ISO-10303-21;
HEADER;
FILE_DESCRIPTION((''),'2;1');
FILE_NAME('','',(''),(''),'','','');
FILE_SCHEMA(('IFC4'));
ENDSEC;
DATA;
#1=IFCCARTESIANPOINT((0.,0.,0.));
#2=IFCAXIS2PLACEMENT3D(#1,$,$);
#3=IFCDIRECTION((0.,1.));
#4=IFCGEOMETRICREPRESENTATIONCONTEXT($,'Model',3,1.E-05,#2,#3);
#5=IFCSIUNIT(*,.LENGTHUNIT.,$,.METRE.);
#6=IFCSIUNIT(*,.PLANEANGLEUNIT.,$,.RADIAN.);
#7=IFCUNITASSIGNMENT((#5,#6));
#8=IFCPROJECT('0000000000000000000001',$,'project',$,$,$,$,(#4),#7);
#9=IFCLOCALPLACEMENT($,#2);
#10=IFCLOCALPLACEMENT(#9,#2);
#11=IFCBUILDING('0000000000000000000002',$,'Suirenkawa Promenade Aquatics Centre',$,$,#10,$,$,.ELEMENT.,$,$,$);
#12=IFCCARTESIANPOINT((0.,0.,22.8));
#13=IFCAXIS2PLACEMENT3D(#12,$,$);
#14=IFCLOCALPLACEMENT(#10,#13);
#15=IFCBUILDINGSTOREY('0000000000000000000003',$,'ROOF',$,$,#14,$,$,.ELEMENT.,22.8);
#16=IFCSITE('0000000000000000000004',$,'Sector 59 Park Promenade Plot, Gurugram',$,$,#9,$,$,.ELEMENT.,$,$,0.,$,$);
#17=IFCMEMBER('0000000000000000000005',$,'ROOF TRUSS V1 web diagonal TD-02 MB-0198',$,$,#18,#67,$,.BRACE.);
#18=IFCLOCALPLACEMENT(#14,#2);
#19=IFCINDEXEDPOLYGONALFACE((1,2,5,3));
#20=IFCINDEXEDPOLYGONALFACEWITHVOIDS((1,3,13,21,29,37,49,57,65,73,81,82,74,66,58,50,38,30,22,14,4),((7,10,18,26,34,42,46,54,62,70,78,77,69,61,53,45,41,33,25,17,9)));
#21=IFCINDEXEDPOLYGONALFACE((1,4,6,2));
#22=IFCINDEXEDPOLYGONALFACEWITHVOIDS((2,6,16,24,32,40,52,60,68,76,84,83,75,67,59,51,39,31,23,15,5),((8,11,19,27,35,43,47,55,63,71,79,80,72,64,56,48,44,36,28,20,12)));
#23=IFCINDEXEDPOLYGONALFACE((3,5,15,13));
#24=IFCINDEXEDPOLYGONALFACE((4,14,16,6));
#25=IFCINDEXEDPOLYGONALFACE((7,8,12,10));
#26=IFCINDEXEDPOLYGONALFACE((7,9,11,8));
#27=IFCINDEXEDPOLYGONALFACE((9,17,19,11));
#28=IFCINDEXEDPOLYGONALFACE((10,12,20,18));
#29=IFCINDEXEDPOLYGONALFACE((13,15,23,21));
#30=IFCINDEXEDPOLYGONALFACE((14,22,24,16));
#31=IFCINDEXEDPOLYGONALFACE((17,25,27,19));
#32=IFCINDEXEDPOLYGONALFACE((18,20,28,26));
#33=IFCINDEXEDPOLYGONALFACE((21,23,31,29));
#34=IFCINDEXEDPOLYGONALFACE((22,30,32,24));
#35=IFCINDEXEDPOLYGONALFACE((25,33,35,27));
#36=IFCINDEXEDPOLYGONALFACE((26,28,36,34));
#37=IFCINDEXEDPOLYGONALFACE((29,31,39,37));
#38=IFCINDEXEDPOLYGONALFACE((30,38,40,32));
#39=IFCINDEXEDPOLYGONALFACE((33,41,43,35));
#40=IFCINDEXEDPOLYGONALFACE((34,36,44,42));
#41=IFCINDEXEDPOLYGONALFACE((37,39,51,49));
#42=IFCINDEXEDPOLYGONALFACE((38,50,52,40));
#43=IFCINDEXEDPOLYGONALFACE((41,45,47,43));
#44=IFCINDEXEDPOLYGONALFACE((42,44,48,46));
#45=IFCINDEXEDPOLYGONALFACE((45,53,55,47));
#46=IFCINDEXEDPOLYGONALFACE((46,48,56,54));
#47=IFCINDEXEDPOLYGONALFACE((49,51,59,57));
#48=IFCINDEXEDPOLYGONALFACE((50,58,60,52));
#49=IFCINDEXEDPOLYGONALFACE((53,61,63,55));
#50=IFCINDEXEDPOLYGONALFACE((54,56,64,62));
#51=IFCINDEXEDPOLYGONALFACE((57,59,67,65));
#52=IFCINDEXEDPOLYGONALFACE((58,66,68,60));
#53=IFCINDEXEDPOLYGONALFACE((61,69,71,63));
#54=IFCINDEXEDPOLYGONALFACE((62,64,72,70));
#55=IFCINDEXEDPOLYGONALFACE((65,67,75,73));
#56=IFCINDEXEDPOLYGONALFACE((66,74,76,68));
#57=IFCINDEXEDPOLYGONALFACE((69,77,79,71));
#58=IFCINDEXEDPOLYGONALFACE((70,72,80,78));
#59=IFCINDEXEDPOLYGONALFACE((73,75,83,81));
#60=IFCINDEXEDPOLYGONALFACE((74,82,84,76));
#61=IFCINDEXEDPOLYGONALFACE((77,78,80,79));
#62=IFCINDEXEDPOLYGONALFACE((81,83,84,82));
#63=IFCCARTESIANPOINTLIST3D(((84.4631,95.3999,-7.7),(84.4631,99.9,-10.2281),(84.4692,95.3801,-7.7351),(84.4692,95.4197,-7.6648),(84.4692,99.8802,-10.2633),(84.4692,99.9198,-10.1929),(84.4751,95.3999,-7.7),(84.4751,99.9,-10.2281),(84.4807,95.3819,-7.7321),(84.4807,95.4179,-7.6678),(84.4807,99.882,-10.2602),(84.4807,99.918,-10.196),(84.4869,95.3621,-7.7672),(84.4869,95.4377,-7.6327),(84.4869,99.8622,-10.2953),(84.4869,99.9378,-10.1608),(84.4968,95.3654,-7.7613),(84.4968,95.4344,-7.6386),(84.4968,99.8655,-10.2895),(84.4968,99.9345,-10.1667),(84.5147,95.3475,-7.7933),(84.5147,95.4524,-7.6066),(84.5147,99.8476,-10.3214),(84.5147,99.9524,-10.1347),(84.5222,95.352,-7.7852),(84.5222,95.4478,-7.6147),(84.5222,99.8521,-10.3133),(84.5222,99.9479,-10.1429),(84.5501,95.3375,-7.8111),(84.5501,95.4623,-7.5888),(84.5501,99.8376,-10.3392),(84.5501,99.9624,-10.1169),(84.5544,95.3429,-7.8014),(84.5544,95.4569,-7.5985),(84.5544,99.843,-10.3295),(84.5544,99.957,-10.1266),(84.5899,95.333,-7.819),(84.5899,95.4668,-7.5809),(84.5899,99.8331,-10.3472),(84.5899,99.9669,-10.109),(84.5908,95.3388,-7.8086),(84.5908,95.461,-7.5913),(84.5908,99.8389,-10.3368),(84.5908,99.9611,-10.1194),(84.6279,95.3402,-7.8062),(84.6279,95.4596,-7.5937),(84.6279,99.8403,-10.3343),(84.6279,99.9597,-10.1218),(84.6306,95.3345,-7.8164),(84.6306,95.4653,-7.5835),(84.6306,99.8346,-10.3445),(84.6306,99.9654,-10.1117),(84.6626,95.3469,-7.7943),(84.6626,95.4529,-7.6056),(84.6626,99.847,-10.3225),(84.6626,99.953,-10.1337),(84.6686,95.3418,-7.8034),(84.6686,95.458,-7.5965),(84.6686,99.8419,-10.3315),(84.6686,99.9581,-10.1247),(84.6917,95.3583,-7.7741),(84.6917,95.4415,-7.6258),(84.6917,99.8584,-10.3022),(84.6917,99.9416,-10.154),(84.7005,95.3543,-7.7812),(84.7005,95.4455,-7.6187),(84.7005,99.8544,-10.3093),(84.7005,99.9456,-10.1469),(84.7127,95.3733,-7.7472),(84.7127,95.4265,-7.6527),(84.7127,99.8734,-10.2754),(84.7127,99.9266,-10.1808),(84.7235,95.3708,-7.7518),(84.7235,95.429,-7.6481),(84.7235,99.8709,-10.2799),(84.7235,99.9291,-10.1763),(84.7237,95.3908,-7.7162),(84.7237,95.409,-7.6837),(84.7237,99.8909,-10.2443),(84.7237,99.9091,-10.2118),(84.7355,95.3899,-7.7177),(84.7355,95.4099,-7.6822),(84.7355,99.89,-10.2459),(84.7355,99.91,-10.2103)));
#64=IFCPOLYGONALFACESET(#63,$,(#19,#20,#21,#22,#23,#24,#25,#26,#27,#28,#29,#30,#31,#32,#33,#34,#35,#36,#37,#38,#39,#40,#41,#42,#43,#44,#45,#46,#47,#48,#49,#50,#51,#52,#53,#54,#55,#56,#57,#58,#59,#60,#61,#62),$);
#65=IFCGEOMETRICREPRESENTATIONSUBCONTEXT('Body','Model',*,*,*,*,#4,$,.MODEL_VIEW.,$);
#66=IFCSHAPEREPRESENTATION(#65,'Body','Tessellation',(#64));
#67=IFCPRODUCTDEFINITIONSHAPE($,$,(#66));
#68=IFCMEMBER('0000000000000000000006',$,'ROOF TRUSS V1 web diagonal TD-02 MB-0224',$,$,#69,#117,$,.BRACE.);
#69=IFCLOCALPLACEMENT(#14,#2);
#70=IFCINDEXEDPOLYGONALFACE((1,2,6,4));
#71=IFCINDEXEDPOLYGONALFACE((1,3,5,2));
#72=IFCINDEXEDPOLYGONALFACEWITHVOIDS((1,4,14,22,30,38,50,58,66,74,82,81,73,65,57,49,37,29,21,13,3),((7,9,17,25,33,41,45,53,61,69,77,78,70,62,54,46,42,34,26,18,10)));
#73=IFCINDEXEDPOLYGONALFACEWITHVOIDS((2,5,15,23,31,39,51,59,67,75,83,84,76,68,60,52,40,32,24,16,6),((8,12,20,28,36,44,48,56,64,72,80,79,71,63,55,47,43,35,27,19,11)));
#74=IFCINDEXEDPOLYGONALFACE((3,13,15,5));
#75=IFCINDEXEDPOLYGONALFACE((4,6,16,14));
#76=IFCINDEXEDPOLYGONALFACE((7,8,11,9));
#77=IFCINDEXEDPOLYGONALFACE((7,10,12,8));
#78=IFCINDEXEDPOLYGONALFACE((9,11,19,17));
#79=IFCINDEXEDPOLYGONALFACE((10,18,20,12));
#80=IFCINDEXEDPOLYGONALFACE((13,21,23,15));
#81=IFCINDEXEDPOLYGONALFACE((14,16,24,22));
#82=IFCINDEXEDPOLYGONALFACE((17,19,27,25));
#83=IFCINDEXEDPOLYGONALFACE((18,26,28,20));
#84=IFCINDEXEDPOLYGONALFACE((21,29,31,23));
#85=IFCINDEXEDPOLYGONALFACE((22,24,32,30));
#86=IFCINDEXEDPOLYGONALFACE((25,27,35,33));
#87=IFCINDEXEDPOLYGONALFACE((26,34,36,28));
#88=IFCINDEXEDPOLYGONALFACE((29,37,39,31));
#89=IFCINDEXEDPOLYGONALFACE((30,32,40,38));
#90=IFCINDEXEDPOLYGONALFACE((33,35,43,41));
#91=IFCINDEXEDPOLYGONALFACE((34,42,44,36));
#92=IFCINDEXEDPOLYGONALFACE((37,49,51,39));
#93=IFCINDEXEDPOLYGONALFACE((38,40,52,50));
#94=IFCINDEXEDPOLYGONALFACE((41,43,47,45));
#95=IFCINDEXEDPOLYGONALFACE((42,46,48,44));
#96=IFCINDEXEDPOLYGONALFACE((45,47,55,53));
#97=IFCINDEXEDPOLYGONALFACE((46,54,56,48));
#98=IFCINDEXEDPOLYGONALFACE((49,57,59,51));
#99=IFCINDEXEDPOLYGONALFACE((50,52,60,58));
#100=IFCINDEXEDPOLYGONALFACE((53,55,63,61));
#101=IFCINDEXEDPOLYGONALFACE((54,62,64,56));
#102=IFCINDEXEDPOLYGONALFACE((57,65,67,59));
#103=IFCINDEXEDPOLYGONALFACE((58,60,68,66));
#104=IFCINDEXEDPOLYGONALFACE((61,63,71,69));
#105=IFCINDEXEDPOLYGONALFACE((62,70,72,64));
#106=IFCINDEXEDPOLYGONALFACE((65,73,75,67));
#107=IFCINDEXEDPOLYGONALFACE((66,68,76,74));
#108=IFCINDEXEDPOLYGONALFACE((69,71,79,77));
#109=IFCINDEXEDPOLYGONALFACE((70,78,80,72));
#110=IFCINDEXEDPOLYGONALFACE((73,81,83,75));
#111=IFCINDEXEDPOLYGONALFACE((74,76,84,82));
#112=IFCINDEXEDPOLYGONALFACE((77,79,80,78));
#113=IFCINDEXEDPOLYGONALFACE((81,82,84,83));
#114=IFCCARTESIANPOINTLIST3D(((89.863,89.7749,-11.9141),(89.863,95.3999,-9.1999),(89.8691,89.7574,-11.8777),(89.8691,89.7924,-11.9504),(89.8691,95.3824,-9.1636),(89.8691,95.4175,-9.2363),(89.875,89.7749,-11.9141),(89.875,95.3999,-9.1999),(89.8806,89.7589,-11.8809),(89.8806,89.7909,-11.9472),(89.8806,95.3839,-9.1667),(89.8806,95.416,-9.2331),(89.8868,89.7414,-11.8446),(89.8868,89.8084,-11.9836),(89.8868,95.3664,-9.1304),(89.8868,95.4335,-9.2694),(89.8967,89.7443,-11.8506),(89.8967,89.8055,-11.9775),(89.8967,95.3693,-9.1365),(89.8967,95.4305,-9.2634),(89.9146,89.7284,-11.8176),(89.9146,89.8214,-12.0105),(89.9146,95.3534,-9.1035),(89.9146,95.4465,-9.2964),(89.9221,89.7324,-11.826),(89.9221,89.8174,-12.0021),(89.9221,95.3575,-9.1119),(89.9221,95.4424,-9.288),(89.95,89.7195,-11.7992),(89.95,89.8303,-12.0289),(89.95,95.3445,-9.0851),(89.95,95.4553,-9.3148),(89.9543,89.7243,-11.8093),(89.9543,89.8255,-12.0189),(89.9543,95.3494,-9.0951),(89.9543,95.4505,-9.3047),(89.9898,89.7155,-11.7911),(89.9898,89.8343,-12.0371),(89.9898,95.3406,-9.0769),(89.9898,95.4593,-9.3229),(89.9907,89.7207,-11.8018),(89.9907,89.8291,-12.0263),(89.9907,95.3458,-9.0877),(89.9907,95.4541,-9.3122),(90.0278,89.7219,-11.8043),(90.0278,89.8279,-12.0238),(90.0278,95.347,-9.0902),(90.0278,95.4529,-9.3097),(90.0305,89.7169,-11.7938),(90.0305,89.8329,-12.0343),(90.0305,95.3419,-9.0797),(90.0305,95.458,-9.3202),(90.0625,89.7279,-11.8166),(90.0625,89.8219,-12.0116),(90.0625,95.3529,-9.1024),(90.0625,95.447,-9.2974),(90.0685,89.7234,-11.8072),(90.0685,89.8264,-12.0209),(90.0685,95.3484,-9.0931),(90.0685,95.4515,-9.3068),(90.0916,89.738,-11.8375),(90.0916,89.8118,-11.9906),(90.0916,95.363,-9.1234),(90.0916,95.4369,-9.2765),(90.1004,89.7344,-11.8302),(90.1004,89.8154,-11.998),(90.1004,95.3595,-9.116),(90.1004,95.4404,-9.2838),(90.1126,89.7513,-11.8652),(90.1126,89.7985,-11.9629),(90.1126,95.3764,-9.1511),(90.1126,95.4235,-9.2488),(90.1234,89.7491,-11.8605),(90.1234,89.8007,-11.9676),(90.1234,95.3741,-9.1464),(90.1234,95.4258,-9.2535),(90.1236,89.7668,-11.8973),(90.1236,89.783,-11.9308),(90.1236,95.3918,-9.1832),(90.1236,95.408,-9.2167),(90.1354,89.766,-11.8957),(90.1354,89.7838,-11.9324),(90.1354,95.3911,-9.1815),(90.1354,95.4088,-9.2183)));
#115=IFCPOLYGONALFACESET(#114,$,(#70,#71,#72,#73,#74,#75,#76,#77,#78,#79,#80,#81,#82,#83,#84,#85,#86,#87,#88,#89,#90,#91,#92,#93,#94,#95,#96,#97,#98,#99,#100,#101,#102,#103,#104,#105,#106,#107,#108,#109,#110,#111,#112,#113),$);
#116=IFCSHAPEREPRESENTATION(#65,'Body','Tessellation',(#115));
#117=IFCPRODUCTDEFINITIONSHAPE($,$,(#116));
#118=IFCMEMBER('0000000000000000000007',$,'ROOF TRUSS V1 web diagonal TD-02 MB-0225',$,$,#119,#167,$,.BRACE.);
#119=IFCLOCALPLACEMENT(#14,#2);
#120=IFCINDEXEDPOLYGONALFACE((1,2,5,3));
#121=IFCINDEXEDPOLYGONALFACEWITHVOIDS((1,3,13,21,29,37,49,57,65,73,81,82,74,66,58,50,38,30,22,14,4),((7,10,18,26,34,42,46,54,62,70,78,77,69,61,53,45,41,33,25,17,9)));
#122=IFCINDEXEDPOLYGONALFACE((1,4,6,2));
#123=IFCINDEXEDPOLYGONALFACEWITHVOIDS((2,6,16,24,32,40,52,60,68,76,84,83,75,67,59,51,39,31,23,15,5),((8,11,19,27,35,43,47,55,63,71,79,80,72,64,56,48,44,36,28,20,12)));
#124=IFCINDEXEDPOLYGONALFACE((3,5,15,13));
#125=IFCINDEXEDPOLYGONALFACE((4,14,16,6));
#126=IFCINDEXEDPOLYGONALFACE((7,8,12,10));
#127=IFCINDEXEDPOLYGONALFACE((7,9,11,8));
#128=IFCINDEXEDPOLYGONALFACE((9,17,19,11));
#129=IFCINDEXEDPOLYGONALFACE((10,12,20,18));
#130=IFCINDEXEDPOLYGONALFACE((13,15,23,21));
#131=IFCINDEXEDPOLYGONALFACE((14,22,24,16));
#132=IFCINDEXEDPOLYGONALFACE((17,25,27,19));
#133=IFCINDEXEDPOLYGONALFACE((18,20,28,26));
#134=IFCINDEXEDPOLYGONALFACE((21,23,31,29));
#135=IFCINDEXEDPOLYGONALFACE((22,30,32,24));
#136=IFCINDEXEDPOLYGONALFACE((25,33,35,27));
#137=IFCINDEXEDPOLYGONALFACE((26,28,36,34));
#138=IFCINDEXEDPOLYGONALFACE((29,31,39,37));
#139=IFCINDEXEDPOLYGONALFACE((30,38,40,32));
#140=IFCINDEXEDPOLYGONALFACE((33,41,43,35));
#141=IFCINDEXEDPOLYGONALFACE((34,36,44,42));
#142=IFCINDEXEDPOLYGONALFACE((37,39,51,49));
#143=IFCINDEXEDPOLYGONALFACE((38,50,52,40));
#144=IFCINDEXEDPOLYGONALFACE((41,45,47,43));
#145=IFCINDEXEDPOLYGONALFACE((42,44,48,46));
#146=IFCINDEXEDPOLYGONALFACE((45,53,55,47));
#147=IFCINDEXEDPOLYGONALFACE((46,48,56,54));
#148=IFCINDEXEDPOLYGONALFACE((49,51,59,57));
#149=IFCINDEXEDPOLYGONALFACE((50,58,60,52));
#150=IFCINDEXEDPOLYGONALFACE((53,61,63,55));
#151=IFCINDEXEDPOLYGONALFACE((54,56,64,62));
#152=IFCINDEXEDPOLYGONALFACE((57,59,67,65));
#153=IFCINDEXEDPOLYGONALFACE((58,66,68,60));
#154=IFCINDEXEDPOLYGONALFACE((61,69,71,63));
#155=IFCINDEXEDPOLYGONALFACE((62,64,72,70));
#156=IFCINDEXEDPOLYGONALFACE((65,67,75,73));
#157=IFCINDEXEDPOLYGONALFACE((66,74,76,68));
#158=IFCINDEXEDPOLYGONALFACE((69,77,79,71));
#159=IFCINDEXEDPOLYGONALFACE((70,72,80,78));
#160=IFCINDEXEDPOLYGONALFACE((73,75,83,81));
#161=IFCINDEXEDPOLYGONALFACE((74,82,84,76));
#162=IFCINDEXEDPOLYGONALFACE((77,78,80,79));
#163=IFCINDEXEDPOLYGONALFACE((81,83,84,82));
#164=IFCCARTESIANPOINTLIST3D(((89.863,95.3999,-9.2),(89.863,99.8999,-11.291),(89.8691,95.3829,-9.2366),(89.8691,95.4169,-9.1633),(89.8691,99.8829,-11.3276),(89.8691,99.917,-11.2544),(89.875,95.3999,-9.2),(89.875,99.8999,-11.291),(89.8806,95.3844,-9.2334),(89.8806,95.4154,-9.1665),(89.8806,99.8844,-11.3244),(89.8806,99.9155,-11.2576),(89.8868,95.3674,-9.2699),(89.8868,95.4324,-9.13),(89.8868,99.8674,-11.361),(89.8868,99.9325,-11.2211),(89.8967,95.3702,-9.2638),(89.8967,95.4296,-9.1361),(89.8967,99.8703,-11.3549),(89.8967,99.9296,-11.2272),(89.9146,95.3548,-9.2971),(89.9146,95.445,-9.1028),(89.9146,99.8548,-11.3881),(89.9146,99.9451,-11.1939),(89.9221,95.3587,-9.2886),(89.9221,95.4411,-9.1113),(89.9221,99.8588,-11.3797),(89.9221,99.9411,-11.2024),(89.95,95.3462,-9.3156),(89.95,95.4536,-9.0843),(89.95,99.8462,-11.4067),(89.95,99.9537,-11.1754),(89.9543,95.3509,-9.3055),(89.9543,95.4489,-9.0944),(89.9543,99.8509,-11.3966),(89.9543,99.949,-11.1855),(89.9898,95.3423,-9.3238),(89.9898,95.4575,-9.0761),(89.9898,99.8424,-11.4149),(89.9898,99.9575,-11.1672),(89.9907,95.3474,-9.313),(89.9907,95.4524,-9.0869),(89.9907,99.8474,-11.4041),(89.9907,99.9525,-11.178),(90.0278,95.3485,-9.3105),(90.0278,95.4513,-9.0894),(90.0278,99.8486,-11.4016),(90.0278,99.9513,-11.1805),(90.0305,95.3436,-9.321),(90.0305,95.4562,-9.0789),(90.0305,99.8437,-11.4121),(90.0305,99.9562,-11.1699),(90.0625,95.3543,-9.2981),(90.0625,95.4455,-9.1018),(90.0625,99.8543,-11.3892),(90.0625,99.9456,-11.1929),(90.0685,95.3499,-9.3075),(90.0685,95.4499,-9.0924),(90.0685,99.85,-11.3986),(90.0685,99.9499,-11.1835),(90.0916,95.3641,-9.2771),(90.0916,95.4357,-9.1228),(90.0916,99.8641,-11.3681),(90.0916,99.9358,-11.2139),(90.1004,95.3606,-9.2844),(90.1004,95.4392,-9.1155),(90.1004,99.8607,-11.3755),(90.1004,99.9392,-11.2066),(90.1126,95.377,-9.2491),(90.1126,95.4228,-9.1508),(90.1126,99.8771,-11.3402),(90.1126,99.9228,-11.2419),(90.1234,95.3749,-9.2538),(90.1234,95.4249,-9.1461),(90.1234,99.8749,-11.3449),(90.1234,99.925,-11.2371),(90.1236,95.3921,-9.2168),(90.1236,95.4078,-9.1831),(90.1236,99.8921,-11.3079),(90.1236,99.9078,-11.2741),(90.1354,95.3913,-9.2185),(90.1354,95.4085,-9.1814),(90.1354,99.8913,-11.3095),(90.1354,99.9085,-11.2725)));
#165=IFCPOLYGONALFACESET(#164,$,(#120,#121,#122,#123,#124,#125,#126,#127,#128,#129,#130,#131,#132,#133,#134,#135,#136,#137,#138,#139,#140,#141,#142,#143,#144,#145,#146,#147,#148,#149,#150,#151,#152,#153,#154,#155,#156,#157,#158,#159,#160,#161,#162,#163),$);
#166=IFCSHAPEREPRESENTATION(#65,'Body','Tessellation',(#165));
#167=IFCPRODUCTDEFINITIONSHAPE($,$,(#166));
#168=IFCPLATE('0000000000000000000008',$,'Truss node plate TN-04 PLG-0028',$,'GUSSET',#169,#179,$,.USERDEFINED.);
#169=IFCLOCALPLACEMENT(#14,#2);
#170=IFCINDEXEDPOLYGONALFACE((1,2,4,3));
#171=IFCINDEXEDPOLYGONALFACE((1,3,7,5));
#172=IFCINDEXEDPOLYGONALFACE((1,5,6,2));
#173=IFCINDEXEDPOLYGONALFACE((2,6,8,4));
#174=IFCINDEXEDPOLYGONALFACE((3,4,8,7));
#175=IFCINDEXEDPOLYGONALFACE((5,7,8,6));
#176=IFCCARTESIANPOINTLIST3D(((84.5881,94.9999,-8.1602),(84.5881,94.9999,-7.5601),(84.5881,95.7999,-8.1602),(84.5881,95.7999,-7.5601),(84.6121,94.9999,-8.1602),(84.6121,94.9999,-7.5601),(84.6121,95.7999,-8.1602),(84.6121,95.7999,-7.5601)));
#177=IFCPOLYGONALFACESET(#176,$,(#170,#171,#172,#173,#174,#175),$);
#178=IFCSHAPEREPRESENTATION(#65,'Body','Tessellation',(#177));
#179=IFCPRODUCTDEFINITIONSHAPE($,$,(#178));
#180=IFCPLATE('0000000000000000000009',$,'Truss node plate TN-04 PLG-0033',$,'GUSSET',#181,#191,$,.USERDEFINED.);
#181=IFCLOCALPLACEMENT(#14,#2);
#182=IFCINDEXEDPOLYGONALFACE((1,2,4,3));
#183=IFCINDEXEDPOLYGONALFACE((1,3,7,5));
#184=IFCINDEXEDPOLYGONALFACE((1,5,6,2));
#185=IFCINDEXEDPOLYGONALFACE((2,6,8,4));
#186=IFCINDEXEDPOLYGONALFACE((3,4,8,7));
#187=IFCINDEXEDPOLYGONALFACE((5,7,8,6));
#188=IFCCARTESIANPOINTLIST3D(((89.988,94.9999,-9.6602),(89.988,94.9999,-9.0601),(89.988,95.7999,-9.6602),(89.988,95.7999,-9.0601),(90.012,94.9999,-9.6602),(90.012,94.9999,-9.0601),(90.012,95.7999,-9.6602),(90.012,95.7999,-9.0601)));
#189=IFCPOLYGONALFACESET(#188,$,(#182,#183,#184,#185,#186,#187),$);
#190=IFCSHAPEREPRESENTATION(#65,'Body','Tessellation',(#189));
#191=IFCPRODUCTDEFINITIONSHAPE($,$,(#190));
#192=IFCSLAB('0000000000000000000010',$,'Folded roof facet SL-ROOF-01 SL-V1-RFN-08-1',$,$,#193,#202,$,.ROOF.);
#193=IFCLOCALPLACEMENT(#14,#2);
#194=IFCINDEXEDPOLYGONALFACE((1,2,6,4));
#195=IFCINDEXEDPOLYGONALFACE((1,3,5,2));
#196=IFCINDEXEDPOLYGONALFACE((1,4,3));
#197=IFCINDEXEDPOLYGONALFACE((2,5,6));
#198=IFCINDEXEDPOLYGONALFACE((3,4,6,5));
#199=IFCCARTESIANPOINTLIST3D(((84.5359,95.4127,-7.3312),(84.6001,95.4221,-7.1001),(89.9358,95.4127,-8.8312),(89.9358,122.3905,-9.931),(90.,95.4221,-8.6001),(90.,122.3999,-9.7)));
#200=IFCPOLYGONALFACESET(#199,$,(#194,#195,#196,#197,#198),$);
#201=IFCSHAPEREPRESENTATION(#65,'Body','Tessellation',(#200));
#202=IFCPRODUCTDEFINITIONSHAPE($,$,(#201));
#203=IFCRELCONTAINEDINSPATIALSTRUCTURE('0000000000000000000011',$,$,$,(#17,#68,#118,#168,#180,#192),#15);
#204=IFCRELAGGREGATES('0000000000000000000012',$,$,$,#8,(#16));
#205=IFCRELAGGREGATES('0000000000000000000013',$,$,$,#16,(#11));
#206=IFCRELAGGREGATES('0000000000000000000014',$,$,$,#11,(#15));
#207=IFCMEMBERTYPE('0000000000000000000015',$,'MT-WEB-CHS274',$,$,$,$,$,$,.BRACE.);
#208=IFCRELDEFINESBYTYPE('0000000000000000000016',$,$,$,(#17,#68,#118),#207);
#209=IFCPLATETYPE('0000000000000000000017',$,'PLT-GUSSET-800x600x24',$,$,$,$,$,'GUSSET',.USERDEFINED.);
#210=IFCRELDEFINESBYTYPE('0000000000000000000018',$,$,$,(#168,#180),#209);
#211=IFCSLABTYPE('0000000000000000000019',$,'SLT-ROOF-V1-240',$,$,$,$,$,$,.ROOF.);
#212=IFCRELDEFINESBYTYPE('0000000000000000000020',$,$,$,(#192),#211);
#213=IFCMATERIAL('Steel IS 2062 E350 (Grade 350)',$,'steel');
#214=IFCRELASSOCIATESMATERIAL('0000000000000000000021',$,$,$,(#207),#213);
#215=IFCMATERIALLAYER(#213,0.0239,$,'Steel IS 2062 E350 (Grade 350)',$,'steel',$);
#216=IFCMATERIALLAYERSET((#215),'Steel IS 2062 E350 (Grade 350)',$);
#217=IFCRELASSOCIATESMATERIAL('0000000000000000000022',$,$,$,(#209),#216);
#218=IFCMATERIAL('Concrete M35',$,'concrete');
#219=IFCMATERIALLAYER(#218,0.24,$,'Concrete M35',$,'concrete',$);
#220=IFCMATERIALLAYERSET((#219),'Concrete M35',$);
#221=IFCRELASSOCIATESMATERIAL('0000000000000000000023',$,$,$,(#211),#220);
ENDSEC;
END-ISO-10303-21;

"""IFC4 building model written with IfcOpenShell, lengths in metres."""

from ifc_helpers import new_model, si_unit, direction, frame, origin, origin_2d, place, context, subcontext, project, spatial, polyline, rectangle, hollow_circle, outline, extrude, material, layer, layer_set, material_profile, profile_set, type_object, element, save


model = new_model("IFC4")

# Units and contexts
model_context = context("Model", 3, precision=1e-05, world=origin(), true_north=direction((0.0, 1.0)))
body_context = subcontext(model_context, "Body", "Model", "MODEL_VIEW")
ifc_project = project(units=[si_unit("LENGTHUNIT", "METRE"), si_unit("PLANEANGLEUNIT", "RADIAN")], contexts=[model_context])

# Site, building, storey
site_placement = place(None, origin())
site = spatial("IfcSite", under=ifc_project, at=site_placement, Name="Sector 59 Park Promenade Plot, Gurugram", CompositionType="ELEMENT", RefElevation=0.0)
building_placement = place(site_placement, origin())
building = spatial("IfcBuilding", under=site, at=building_placement, Name="Suirenkawa Promenade Aquatics Centre", CompositionType="ELEMENT")
storey_placement = place(building_placement, frame((0.0, 0.0, 22.8)))
storey = spatial("IfcBuildingStorey", under=building, at=storey_placement, Name="ROOF", CompositionType="ELEMENT", Elevation=22.8)

# Shared definitions
ifc_material_1 = material(Name="Steel IS 2062 E350 (Grade 350)", Category="steel")

# Members
ifc_material_profile_1 = material_profile(ifc_material_1, hollow_circle(Radius=0.137, WallThickness=0.012, at=origin_2d()), Name="CHS 274x12", Category="steel")
ifc_profile_set_1 = profile_set([ifc_material_profile_1], Name="Steel IS 2062 E350 (Grade 350)")
member_type_1 = type_object("IfcMemberType", Name="MT-WEB-CHS274", PredefinedType="BRACE", material=ifc_profile_set_1)
member_1_placement = place(storey_placement, frame((84.6001, 95.3999, -7.7), z_axis=(0.0, 0.871838, -0.489794), x_axis=(-1.0, 0.0, 0.0)))
element("IfcMember", 1, at=member_1_placement, inside=storey, type_object=member_type_1, Name="ROOF TRUSS V1 web diagonal TD-02 MB-0198", PredefinedType="BRACE", context=body_context, shape_type="SweptSolid", body=[
    extrude(hollow_circle(Radius=0.137, WallThickness=0.012, at=origin_2d()), origin(), (0.0, 0.0, 1.0), 5.1616),
])
member_2_placement = place(storey_placement, frame((90.0, 89.7749, -11.9141), z_axis=(0.0, 0.90064, 0.434566), x_axis=(-1.0, 0.0, 0.0)))
element("IfcMember", 2, at=member_2_placement, inside=storey, type_object=member_type_1, Name="ROOF TRUSS V1 web diagonal TD-02 MB-0224", PredefinedType="BRACE", context=body_context, shape_type="SweptSolid", body=[
    extrude(hollow_circle(Radius=0.137, WallThickness=0.012, at=origin_2d()), origin(), (0.0, 0.0, 1.0), 6.2456),
])
member_3_placement = place(storey_placement, frame((90.0, 95.3999, -9.2), z_axis=(0.0, 0.906872, -0.421406), x_axis=(-1.0, 0.0, 0.0)))
element("IfcMember", 3, at=member_3_placement, inside=storey, type_object=member_type_1, Name="ROOF TRUSS V1 web diagonal TD-02 MB-0225", PredefinedType="BRACE", context=body_context, shape_type="SweptSolid", body=[
    extrude(hollow_circle(Radius=0.137, WallThickness=0.012, at=origin_2d()), origin(), (0.0, 0.0, 1.0), 4.9622),
])

# Plates
ifc_layer_1 = layer(ifc_material_1, 0.0239, Name="Steel IS 2062 E350 (Grade 350)", Category="steel")
ifc_layer_set_1 = layer_set([ifc_layer_1], Name="Steel IS 2062 E350 (Grade 350)")
plate_type = type_object("IfcPlateType", Name="PLT-GUSSET-800x600x24", ElementType="GUSSET", PredefinedType="USERDEFINED", material=ifc_layer_set_1)
for number, where, z_axis, x_axis, name in (
    (4, (84.6001, 95.3999, -8.1602), (0.0, 0.0, 1.0), (0.0, 1.0, 0.0), "Truss node plate TN-04 PLG-0028"),
    (5, (90.0, 95.3999, -9.6602), (0.0, 0.0, 1.0), (0.0, 1.0, 0.0), "Truss node plate TN-04 PLG-0033"),
):
    element("IfcPlate", number, at=place(storey_placement, frame(where, z_axis=z_axis, x_axis=x_axis)), inside=storey, type_object=plate_type, Name=name, ObjectType="GUSSET", PredefinedType="USERDEFINED", context=body_context, shape_type="SweptSolid", body=[
        extrude(rectangle(XDim=0.8, YDim=0.0239, at=origin_2d()), origin(), (0.0, 0.0, 1.0), 0.6001),
    ])

# Slab
ifc_material_2 = material(Name="Concrete M35", Category="concrete")
ifc_layer_2 = layer(ifc_material_2, 0.24, Name="Concrete M35", Category="concrete")
ifc_layer_set_2 = layer_set([ifc_layer_2], Name="Concrete M35")
slab_type = type_object("IfcSlabType", Name="SLT-ROOF-V1-240", PredefinedType="ROOF", material=ifc_layer_set_2)
slab_placement = place(storey_placement, frame((84.6001, 95.4221, -7.1001), z_axis=(0.267442, 0.039251, 0.962774), x_axis=(0.963517, 0.0, -0.267648)))
element("IfcSlab", 6, at=slab_placement, inside=storey, type_object=slab_type, Name="Folded roof facet SL-ROOF-01 SL-V1-RFN-08-1", PredefinedType="ROOF", context=body_context, shape_type="SweptSolid", body=[
    extrude(outline(polyline([(0.0, 0.0), (5.6044, 0.0), (5.8987, 26.9986), (0.0, 0.0)])), origin(), (0.0, 0.0, -1.0), 0.24),
])

save(model, "model.ifc")
